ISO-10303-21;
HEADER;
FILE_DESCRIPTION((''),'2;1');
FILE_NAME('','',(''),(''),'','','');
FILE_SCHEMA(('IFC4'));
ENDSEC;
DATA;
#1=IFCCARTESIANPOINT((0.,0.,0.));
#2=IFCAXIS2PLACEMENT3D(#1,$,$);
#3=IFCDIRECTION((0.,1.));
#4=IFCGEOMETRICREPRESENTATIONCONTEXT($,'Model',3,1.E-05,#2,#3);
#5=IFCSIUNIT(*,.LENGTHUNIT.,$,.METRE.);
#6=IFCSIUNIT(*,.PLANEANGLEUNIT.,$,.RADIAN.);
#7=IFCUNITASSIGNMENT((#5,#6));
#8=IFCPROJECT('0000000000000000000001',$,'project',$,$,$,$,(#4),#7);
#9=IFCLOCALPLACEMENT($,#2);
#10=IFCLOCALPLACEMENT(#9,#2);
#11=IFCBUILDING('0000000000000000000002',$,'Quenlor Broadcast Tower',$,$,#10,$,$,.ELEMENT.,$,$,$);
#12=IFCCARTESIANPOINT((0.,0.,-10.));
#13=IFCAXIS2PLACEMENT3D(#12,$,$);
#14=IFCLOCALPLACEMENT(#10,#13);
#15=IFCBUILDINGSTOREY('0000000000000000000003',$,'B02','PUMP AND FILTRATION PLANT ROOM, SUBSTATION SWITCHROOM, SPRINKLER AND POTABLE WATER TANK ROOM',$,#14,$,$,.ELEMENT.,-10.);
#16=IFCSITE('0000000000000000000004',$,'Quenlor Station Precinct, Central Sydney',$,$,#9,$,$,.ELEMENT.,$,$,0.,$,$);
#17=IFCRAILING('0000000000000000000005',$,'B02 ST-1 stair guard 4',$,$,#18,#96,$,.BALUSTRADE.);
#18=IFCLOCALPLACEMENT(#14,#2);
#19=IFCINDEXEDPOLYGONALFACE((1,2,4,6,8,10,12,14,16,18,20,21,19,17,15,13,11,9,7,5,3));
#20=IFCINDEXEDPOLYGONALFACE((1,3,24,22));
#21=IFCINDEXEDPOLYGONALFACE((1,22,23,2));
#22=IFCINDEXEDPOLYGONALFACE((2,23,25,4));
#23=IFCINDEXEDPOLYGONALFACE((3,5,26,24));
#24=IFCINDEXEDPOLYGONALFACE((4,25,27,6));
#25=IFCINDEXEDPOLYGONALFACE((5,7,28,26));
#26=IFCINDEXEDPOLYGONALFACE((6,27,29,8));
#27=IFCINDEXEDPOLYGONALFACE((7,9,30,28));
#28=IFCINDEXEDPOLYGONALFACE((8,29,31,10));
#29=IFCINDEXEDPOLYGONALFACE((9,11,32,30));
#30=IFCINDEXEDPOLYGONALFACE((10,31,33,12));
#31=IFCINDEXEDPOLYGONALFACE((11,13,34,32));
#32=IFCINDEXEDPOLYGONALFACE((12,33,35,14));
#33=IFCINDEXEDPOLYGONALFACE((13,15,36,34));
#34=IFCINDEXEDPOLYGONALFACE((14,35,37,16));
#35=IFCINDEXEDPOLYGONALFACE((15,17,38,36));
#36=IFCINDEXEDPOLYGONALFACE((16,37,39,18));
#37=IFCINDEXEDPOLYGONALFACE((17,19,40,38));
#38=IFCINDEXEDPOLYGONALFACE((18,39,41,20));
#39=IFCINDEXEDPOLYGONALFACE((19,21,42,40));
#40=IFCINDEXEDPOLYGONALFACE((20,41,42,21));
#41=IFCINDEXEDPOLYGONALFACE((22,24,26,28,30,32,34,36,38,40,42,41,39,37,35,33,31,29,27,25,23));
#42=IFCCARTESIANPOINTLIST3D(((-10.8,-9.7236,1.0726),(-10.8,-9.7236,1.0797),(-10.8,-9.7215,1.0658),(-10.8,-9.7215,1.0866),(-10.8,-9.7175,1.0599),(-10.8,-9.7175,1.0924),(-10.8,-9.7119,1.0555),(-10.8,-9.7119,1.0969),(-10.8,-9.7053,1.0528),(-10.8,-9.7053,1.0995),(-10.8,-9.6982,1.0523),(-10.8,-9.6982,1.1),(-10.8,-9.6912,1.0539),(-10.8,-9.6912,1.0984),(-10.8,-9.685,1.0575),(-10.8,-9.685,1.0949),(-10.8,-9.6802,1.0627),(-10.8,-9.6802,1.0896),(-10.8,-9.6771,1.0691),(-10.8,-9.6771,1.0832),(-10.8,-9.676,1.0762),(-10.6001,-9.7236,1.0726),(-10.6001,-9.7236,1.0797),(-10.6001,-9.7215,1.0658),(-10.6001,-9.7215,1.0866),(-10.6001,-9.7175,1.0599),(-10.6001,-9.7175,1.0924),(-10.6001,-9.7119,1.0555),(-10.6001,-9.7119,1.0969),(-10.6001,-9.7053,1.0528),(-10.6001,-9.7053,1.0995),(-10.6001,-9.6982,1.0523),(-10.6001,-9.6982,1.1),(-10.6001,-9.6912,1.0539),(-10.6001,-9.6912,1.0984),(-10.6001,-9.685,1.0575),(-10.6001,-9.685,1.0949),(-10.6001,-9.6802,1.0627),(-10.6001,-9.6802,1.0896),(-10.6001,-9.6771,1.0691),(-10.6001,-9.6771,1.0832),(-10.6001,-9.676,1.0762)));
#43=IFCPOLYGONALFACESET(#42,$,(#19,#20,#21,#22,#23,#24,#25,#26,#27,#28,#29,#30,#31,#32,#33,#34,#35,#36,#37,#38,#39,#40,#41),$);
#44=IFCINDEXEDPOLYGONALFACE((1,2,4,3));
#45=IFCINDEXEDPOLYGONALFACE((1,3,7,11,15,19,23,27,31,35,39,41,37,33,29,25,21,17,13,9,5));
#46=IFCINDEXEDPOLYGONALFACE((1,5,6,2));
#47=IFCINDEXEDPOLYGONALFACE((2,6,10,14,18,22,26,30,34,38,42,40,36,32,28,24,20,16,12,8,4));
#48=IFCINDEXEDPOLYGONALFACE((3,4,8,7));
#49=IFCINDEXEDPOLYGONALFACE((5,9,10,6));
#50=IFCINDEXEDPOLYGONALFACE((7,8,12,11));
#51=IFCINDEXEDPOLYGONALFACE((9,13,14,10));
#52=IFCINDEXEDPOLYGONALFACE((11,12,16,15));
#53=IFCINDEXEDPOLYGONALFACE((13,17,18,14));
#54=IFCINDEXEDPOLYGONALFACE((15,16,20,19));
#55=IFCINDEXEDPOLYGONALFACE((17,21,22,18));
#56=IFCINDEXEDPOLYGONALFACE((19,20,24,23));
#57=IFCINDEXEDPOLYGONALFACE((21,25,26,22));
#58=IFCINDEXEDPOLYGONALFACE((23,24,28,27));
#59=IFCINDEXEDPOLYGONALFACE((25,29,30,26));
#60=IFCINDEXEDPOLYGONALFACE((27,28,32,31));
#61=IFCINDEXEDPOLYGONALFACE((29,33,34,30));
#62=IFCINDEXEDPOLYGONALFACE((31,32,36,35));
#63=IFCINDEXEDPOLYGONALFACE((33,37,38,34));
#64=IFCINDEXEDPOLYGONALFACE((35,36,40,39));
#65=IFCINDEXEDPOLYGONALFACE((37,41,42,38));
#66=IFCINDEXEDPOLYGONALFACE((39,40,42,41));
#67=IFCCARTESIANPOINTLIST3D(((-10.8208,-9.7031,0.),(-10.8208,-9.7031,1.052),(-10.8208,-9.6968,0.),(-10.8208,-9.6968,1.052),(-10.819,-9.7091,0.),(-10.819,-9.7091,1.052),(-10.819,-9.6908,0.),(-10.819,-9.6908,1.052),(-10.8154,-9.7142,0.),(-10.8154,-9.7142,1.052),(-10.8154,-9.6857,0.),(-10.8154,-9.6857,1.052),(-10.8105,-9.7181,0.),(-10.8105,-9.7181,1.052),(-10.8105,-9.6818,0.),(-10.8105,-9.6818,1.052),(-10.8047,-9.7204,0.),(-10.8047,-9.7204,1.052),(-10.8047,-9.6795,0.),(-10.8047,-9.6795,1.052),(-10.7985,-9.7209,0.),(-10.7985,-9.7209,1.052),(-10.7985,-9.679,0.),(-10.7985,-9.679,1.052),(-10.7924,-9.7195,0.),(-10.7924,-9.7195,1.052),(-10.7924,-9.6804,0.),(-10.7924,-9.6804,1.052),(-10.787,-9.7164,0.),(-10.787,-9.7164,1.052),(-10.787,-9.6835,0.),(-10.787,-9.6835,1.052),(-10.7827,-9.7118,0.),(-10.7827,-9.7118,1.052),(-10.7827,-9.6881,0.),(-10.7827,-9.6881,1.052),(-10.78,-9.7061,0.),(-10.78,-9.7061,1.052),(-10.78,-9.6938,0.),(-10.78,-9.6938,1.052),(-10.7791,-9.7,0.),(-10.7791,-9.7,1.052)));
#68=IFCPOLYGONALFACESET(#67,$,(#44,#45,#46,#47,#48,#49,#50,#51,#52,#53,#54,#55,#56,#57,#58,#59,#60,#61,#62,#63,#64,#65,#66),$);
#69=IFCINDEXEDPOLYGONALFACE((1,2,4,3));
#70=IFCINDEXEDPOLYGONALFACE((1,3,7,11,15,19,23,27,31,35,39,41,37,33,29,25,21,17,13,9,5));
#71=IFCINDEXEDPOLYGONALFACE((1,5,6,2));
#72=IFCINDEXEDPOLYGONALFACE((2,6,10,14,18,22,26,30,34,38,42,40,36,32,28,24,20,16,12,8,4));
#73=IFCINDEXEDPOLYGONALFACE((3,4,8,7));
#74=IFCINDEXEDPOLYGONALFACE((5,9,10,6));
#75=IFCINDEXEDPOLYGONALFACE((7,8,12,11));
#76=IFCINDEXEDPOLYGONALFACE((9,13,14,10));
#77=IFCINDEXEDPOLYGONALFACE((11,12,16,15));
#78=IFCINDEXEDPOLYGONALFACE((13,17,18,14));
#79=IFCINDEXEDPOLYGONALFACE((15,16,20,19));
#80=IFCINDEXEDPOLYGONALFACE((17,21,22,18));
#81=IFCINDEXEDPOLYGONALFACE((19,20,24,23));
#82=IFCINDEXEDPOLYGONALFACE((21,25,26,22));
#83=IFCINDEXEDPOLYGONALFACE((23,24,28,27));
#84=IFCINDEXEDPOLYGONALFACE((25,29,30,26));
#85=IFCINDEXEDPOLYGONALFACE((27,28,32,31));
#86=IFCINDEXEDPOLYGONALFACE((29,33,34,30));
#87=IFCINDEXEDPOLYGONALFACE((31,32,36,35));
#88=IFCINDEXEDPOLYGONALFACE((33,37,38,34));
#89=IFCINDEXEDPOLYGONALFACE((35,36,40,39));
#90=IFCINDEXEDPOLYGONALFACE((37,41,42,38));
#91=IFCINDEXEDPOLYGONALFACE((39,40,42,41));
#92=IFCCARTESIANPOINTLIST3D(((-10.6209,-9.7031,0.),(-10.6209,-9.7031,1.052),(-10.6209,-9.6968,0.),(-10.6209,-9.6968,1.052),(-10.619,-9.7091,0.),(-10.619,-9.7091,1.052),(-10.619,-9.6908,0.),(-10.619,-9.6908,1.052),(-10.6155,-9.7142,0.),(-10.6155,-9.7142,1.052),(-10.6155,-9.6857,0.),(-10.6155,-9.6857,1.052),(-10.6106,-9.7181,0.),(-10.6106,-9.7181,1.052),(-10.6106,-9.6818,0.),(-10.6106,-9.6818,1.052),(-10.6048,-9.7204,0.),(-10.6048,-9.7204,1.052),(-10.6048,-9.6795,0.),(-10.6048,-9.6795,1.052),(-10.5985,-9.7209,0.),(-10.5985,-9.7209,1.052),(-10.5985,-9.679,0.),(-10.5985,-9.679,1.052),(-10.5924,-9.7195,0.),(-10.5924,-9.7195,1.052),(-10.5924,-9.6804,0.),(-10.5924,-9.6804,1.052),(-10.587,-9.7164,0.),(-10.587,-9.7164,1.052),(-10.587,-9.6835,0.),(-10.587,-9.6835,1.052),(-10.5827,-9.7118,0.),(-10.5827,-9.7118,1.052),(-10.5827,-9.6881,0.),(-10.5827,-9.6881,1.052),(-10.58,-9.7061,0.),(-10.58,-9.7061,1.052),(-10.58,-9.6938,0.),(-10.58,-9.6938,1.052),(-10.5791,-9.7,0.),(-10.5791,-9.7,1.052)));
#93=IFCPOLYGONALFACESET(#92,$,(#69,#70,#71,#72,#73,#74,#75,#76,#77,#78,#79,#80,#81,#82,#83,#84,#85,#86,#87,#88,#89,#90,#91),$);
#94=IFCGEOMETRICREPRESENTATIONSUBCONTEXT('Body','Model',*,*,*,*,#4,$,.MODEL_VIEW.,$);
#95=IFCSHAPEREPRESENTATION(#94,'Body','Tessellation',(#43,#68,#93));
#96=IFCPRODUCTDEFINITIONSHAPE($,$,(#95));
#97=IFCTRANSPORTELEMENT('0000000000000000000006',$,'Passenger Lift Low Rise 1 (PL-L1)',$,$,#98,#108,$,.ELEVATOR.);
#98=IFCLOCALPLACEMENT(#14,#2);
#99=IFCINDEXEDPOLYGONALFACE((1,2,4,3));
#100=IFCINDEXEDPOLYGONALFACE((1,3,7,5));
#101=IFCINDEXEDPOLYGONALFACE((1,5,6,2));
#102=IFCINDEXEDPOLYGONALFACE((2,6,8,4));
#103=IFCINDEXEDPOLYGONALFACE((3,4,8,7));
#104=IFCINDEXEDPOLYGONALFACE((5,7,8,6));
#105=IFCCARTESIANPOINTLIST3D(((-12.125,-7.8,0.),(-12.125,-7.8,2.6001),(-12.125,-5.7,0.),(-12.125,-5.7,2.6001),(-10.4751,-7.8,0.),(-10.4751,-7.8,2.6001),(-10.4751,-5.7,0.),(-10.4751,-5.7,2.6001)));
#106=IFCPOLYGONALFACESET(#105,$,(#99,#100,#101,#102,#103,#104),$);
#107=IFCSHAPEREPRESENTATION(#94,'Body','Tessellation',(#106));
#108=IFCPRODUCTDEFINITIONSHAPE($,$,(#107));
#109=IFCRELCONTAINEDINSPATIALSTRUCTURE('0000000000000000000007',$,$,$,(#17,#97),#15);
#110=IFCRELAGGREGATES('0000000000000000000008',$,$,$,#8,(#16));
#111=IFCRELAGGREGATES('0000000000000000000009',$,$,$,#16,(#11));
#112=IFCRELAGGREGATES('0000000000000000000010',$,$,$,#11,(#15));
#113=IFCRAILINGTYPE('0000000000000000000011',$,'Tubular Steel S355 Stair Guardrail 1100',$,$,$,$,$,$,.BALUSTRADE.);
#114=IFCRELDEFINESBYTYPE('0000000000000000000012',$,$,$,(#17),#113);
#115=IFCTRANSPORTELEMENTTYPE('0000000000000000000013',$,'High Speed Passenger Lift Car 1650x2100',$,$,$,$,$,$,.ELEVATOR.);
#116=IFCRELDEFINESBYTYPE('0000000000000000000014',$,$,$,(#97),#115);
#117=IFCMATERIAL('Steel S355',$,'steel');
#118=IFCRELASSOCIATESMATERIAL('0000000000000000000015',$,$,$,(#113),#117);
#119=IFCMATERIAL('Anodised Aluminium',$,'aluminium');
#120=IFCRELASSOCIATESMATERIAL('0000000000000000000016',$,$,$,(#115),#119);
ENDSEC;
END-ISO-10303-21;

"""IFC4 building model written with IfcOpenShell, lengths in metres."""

from ifc_helpers import new_model, si_unit, direction, frame, origin, origin_2d, place, context, subcontext, project, spatial, rectangle, circle, extrude, material, type_object, element, save


model = new_model("IFC4")

# Units and contexts
model_context = context("Model", 3, precision=1e-05, world=origin(), true_north=direction((0.0, 1.0)))
body_context = subcontext(model_context, "Body", "Model", "MODEL_VIEW")
ifc_project = project(units=[si_unit("LENGTHUNIT", "METRE"), si_unit("PLANEANGLEUNIT", "RADIAN")], contexts=[model_context])

# Site, building, storey
site_placement = place(None, origin())
site = spatial("IfcSite", under=ifc_project, at=site_placement, Name="Quenlor Station Precinct, Central Sydney", CompositionType="ELEMENT", RefElevation=0.0)
building_placement = place(site_placement, origin())
building = spatial("IfcBuilding", under=site, at=building_placement, Name="Quenlor Broadcast Tower", CompositionType="ELEMENT")
storey_placement = place(building_placement, frame((0.0, 0.0, -10.0)))
storey = spatial("IfcBuildingStorey", under=building, at=storey_placement, Name="B02", Description="PUMP AND FILTRATION PLANT ROOM, SUBSTATION SWITCHROOM, SPRINKLER AND POTABLE WATER TANK ROOM", CompositionType="ELEMENT", Elevation=-10.0)

# Railing
ifc_material_1 = material(Name="Steel S355", Category="steel")
railing_type_1 = type_object("IfcRailingType", Name="Tubular Steel S355 Stair Guardrail 1100", PredefinedType="BALUSTRADE", material=ifc_material_1)
railing_1_placement = place(storey_placement, frame((-10.8, -9.7, 0.0)))
element("IfcRailing", 1, at=railing_1_placement, inside=storey, type_object=railing_type_1, Name="B02 ST-1 stair guard 4", PredefinedType="BALUSTRADE", context=body_context, shape_type="SweptSolid", body=[
    extrude(circle(Radius=0.0239, at=origin_2d()), frame((0.0, 0.0, 1.0762), z_axis=(1.0, 0.0, 0.0), x_axis=(0.0, 1.0, 0.0)), (0.0, 0.0, 1.0), 0.2),
    extrude(circle(Radius=0.021, at=origin_2d()), origin(), (0.0, 0.0, 1.0), 1.052),
    extrude(circle(Radius=0.021, at=origin_2d()), frame((0.2, 0.0, 0.0)), (0.0, 0.0, 1.0), 1.052),
])

# Transport element
ifc_material_2 = material(Name="Anodised Aluminium", Category="aluminium")
transport_element_type = type_object("IfcTransportElementType", Name="High Speed Passenger Lift Car 1650x2100", PredefinedType="ELEVATOR", material=ifc_material_2)
transport_element_placement = place(storey_placement, frame((-11.3, -6.75, 0.0), z_axis=(0.0, 0.0, 1.0), x_axis=(1.0, 0.0, 0.0)))
element("IfcTransportElement", 2, at=transport_element_placement, inside=storey, type_object=transport_element_type, Name="Passenger Lift Low Rise 1 (PL-L1)", PredefinedType="ELEVATOR", context=body_context, shape_type="SweptSolid", body=[
    extrude(rectangle(XDim=1.6499, YDim=2.1001, at=origin_2d()), origin(), (0.0, 0.0, 1.0), 2.6001),
])

save(model, "model.ifc")
